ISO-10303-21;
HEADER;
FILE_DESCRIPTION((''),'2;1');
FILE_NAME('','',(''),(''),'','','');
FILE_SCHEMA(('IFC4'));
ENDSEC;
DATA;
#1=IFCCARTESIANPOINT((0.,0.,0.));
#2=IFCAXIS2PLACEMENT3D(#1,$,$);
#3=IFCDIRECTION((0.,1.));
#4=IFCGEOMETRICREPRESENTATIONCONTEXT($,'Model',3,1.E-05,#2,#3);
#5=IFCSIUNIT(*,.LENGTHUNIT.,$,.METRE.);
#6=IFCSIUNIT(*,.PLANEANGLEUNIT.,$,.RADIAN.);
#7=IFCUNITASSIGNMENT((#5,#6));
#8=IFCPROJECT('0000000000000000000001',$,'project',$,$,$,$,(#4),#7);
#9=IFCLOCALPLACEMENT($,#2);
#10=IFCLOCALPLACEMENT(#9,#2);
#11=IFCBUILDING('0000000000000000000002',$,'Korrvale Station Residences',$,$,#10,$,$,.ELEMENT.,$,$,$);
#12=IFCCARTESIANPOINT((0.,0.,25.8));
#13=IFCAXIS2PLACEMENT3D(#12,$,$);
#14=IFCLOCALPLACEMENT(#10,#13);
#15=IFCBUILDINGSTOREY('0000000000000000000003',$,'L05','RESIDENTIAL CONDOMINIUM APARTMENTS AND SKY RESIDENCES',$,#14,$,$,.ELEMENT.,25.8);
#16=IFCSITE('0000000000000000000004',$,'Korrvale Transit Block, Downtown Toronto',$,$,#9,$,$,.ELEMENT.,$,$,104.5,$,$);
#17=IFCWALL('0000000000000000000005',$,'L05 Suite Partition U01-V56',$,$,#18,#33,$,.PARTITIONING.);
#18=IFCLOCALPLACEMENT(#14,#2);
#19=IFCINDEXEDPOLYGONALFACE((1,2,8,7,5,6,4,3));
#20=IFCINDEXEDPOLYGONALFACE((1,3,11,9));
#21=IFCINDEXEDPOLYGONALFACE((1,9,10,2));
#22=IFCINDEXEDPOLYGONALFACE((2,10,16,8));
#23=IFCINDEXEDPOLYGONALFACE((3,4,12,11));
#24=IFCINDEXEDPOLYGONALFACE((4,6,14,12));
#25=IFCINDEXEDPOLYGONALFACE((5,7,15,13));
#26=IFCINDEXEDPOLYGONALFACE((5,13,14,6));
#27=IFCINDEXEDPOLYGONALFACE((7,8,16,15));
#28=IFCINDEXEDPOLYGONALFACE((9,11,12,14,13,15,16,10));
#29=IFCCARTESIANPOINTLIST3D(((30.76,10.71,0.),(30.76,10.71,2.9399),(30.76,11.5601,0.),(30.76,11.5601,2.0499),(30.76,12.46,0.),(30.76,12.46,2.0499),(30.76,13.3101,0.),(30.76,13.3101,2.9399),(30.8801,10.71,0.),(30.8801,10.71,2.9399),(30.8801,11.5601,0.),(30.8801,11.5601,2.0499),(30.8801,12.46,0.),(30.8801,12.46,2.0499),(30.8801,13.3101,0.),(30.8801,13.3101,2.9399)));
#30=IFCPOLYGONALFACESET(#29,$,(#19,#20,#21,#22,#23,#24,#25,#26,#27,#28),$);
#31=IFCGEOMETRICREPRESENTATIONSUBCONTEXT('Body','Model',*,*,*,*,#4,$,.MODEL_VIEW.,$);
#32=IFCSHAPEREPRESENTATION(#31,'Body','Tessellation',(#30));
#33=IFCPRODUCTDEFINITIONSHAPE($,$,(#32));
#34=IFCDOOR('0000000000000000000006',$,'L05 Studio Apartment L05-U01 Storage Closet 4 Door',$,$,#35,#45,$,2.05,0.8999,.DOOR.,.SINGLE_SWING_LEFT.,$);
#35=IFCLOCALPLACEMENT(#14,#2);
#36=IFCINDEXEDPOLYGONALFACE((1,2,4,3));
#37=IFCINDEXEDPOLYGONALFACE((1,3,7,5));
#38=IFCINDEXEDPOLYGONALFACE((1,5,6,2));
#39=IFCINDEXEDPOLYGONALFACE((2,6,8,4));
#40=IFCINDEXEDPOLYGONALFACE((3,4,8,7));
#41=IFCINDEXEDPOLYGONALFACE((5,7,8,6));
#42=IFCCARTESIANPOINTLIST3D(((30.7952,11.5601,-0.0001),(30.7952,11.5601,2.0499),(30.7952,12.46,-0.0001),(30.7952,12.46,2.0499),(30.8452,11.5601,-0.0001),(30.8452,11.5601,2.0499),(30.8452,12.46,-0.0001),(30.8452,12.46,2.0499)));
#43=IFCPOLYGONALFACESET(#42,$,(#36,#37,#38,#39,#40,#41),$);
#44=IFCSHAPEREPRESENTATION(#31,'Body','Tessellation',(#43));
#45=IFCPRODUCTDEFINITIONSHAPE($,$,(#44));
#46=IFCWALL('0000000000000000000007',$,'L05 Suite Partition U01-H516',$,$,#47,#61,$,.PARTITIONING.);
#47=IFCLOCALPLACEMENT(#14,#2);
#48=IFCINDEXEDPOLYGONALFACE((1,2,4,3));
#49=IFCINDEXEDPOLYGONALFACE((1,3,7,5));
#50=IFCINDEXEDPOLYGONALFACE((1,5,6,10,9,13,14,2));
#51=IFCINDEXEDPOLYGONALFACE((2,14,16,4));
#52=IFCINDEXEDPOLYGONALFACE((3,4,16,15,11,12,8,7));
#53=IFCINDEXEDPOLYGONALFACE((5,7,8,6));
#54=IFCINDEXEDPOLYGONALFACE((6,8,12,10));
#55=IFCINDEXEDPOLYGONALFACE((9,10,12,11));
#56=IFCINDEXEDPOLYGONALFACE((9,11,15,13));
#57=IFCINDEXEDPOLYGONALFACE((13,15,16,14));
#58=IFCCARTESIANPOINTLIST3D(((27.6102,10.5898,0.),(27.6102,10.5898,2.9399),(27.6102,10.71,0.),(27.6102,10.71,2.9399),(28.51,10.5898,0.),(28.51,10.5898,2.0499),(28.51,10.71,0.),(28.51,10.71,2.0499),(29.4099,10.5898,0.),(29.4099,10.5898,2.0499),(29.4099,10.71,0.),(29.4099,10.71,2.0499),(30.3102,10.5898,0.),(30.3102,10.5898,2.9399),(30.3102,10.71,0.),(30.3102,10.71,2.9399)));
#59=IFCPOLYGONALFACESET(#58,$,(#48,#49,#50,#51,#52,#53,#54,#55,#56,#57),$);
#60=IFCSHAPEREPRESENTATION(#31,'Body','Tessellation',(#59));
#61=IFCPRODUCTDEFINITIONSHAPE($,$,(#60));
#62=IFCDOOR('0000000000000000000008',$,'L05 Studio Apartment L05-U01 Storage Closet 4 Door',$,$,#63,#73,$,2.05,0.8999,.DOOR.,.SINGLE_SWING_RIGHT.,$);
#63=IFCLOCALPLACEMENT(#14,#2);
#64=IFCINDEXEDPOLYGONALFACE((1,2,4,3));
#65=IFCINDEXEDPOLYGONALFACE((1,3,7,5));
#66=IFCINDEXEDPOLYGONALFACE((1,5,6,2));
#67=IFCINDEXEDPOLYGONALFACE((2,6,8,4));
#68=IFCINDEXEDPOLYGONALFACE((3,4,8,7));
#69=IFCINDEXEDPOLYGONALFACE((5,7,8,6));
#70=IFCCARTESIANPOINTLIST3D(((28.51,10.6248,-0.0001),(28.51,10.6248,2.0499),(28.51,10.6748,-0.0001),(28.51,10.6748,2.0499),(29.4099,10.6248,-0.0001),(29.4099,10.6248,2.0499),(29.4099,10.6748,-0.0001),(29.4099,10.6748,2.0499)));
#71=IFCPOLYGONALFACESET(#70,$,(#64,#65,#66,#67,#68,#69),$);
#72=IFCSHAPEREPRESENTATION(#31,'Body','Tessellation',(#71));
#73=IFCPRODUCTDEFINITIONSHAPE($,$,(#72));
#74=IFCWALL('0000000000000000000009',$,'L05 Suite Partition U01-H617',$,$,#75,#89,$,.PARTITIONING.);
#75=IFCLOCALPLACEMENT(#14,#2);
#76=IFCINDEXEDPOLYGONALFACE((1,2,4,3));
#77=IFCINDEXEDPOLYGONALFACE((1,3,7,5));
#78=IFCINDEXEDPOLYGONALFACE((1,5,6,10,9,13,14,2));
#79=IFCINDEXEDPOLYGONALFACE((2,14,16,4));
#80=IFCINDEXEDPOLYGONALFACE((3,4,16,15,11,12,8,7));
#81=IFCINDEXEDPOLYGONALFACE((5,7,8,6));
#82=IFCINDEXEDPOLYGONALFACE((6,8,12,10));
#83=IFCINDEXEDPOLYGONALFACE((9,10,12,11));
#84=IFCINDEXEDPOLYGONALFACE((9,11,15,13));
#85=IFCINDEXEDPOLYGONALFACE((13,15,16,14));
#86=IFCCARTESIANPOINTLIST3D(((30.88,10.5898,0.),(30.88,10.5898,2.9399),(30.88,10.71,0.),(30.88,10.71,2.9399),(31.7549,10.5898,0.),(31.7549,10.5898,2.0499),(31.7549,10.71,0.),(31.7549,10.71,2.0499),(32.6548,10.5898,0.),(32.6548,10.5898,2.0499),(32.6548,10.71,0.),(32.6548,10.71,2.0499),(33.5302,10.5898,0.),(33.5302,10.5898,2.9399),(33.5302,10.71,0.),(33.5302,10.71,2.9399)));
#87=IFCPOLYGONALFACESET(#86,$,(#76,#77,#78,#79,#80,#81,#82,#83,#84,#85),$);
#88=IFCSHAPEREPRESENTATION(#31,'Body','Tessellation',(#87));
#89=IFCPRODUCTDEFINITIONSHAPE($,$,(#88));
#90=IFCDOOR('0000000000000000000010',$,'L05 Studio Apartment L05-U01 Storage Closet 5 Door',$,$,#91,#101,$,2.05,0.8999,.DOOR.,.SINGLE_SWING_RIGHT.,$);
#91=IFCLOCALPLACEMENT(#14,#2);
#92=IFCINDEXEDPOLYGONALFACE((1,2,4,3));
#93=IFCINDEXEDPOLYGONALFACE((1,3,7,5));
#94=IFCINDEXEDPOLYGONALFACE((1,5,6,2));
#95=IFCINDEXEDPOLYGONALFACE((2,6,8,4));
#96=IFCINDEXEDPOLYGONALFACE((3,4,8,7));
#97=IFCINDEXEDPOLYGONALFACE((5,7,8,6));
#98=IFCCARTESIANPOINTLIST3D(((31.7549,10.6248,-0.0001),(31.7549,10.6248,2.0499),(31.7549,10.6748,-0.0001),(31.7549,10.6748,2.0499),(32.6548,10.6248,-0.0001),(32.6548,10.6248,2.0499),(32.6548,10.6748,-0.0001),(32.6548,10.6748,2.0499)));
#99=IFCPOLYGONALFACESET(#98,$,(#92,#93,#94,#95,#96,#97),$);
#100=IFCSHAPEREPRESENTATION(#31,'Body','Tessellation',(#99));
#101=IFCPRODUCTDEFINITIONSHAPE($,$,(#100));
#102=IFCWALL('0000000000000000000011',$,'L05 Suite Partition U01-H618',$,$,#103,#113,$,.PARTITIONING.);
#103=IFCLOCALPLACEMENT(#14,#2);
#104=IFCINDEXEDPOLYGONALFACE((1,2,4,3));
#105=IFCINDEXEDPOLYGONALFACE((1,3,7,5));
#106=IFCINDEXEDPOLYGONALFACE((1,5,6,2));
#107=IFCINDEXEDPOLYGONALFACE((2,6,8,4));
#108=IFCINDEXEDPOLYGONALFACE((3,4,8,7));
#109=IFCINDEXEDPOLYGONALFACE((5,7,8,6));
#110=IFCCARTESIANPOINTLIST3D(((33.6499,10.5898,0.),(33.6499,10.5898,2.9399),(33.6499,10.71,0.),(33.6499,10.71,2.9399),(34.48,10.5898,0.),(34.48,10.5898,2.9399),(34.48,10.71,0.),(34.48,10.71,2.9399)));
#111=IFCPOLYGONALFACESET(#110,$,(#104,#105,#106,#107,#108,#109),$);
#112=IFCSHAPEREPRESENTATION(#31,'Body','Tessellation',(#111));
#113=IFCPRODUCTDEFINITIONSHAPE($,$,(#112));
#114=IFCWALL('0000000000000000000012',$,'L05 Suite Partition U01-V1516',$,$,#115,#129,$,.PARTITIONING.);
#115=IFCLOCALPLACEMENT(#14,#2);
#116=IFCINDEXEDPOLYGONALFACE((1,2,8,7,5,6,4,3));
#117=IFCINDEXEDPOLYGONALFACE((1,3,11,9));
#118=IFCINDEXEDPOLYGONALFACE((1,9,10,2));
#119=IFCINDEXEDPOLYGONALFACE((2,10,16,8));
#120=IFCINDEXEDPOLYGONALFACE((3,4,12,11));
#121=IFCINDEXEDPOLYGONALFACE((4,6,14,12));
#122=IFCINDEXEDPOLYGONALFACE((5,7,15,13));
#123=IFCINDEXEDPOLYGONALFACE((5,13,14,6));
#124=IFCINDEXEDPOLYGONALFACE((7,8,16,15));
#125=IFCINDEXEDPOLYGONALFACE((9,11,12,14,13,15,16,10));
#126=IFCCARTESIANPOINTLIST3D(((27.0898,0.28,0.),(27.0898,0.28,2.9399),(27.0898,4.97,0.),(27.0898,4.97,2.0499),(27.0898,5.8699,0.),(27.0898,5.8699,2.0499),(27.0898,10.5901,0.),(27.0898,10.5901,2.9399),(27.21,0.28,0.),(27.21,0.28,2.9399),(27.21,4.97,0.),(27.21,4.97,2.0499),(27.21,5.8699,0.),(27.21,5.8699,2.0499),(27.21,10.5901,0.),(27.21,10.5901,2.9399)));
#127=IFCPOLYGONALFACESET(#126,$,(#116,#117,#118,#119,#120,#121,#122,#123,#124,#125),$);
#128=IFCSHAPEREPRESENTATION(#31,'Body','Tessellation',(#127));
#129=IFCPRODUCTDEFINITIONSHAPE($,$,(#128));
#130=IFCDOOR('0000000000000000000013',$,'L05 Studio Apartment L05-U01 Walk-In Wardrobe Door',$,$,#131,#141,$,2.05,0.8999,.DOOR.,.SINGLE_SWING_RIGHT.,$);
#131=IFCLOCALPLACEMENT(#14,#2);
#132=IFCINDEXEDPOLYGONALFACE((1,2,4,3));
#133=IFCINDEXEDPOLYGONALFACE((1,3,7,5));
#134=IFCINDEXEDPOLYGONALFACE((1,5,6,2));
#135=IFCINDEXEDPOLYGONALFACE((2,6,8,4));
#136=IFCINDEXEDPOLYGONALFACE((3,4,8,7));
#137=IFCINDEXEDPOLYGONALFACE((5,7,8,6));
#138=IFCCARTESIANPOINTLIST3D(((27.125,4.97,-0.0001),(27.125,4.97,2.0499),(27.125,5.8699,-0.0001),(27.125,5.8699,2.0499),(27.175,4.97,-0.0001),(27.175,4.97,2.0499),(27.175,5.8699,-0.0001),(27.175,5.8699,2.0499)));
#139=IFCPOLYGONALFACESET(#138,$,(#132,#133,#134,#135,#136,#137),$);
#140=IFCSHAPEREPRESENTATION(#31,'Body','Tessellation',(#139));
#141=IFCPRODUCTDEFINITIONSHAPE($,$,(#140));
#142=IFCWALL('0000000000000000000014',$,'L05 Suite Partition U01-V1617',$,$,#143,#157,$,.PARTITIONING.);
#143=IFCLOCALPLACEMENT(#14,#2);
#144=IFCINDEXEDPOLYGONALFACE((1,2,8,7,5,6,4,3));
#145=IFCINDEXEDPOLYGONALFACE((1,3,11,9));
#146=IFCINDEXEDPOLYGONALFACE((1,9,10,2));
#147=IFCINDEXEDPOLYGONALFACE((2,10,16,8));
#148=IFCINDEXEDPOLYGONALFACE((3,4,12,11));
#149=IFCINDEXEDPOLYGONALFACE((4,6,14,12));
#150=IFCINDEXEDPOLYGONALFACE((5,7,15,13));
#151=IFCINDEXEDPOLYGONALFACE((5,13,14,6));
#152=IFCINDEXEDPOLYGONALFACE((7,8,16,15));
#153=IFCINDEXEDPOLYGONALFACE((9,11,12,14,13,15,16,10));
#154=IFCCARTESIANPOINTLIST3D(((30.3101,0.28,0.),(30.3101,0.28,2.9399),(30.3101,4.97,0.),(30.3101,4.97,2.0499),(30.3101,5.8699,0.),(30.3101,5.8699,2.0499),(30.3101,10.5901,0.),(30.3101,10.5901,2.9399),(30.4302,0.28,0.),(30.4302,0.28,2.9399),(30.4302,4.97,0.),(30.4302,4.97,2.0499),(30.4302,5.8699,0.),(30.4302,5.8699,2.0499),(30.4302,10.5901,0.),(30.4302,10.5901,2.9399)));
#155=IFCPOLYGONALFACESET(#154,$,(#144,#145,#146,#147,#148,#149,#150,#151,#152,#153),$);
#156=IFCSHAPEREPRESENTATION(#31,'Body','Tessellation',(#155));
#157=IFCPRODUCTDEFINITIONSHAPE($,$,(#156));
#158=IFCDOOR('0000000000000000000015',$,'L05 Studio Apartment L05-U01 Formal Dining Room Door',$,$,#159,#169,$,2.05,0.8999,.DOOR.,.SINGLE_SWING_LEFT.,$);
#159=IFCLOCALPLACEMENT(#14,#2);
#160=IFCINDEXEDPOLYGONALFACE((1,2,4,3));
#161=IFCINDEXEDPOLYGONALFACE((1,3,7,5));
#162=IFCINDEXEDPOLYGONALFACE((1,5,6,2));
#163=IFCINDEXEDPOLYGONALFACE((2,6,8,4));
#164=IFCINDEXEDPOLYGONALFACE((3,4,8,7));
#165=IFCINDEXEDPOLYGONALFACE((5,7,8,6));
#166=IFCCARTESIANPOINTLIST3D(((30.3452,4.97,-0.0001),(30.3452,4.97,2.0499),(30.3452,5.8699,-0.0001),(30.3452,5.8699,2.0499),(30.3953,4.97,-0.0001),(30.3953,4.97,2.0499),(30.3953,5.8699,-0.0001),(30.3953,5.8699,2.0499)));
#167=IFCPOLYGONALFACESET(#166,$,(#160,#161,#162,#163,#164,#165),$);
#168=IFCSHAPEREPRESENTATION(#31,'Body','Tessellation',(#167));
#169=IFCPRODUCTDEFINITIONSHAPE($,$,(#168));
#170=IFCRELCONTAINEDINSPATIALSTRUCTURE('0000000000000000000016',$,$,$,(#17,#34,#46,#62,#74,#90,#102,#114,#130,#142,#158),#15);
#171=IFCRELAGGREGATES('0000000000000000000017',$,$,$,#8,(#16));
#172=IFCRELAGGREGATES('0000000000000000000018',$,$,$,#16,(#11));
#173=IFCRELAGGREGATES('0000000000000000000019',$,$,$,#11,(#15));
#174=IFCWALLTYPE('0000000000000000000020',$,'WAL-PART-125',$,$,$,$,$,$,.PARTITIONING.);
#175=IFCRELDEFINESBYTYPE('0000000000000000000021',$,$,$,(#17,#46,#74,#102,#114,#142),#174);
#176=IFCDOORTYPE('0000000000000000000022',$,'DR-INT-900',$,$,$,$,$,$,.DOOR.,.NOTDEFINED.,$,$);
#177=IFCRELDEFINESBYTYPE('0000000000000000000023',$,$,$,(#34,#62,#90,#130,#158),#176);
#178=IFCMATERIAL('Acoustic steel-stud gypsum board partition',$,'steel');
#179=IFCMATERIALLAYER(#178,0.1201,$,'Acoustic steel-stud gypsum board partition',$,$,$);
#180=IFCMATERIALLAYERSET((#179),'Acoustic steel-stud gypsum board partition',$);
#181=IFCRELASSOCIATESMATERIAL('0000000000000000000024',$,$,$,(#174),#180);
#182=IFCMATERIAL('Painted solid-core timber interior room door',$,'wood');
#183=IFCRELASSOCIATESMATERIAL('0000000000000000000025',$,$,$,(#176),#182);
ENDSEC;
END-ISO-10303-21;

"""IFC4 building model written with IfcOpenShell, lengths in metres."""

from ifc_helpers import new_model, si_unit, direction, frame, frame_2d, origin, place, context, subcontext, project, spatial, rectangle, extrude, material, layer, layer_set, type_object, element, fill, save


model = new_model("IFC4")

# Units and contexts
model_context = context("Model", 3, precision=1e-05, world=origin(), true_north=direction((0.0, 1.0)))
body_context = subcontext(model_context, "Body", "Model", "MODEL_VIEW")
ifc_project = project(units=[si_unit("LENGTHUNIT", "METRE"), si_unit("PLANEANGLEUNIT", "RADIAN")], contexts=[model_context])

# Site, building, storey
site_placement = place(None, origin())
site = spatial("IfcSite", under=ifc_project, at=site_placement, Name="Korrvale Transit Block, Downtown Toronto", CompositionType="ELEMENT", RefElevation=104.5)
building_placement = place(site_placement, origin())
building = spatial("IfcBuilding", under=site, at=building_placement, Name="Korrvale Station Residences", CompositionType="ELEMENT")
storey_placement = place(building_placement, frame((0.0, 0.0, 25.8)))
storey = spatial("IfcBuildingStorey", under=building, at=storey_placement, Name="L05", Description="RESIDENTIAL CONDOMINIUM APARTMENTS AND SKY RESIDENCES", CompositionType="ELEMENT", Elevation=25.8)

# Walls, openings, doors
ifc_material_1 = material(Name="Acoustic steel-stud gypsum board partition", Category="steel")
ifc_layer_1 = layer(ifc_material_1, 0.1201, Name="Acoustic steel-stud gypsum board partition")
ifc_layer_set_1 = layer_set([ifc_layer_1], Name="Acoustic steel-stud gypsum board partition")
wall_type = type_object("IfcWallType", Name="WAL-PART-125", PredefinedType="PARTITIONING", material=ifc_layer_set_1)
ifc_material_2 = material(Name="Painted solid-core timber interior room door", Category="wood")
door_type = type_object("IfcDoorType", Name="DR-INT-900", OperationType="NOTDEFINED", PredefinedType="DOOR", material=ifc_material_2)
wall_1_placement = place(storey_placement, frame((30.8201, 10.71, 0.0), z_axis=(0.0, 0.0, 1.0), x_axis=(0.0, 1.0, 0.0)))
wall_1 = element("IfcWall", 1, at=wall_1_placement, inside=storey, type_object=wall_type, Name="L05 Suite Partition U01-V56", PredefinedType="PARTITIONING", context=body_context, shape_type="SweptSolid", body=[
    extrude(rectangle(XDim=2.6001, YDim=0.1201, at=frame_2d((1.3, 0.0))), origin(), (0.0, 0.0, 1.0), 2.9399),
])
opening_1_placement = place(wall_1_placement, frame((0.8501, 0.0, 0.0)))
opening_1 = element("IfcOpeningElement", 2, at=opening_1_placement, cuts=wall_1, PredefinedType="OPENING", context=body_context, shape_type="SweptSolid", body=[
    extrude(rectangle(XDim=0.8999, YDim=2.05, at=frame_2d((0.45, 1.0249))), frame((0.0, 0.0701, 0.0), z_axis=(0.0, -1.0, 0.0), x_axis=(1.0, 0.0, 0.0)), (0.0, 0.0, 1.0), 0.1401),
])
door_1_placement = place(opening_1_placement, origin())
door_1 = element("IfcDoor", 3, at=door_1_placement, inside=storey, type_object=door_type, Name="L05 Studio Apartment L05-U01 Storage Closet 4 Door", OperationType="SINGLE_SWING_LEFT", OverallHeight=2.05, OverallWidth=0.8999, PredefinedType="DOOR", context=body_context, shape_type="SweptSolid", body=[
    extrude(rectangle(XDim=0.8999, YDim=2.05, at=frame_2d((0.45, 1.0249))), frame((0.0, 0.0249, 0.0), z_axis=(0.0, -1.0, 0.0), x_axis=(1.0, 0.0, 0.0)), (0.0, 0.0, 1.0), 0.05),
])
fill(opening_1, door_1)
wall_2_placement = place(storey_placement, frame((27.6101, 10.6499, 0.0), z_axis=(0.0, 0.0, 1.0), x_axis=(1.0, 0.0, 0.0)))
wall_2 = element("IfcWall", 4, at=wall_2_placement, inside=storey, type_object=wall_type, Name="L05 Suite Partition U01-H516", PredefinedType="PARTITIONING", context=body_context, shape_type="SweptSolid", body=[
    extrude(rectangle(XDim=2.7, YDim=0.1201, at=frame_2d((1.3501, 0.0))), origin(), (0.0, 0.0, 1.0), 2.9399),
])
opening_2_placement = place(wall_2_placement, frame((0.8999, 0.0, 0.0)))
opening_2 = element("IfcOpeningElement", 5, at=opening_2_placement, cuts=wall_2, PredefinedType="OPENING", context=body_context, shape_type="SweptSolid", body=[
    extrude(rectangle(XDim=0.8999, YDim=2.05, at=frame_2d((0.45, 1.0249))), frame((0.0, 0.0701, 0.0), z_axis=(0.0, -1.0, 0.0), x_axis=(1.0, 0.0, 0.0)), (0.0, 0.0, 1.0), 0.1401),
])
door_2_placement = place(opening_2_placement, origin())
door_2 = element("IfcDoor", 6, at=door_2_placement, inside=storey, type_object=door_type, Name="L05 Studio Apartment L05-U01 Storage Closet 4 Door", OperationType="SINGLE_SWING_RIGHT", OverallHeight=2.05, OverallWidth=0.8999, PredefinedType="DOOR", context=body_context, shape_type="SweptSolid", body=[
    extrude(rectangle(XDim=0.8999, YDim=2.05, at=frame_2d((0.45, 1.0249))), frame((0.0, 0.0249, 0.0), z_axis=(0.0, -1.0, 0.0), x_axis=(1.0, 0.0, 0.0)), (0.0, 0.0, 1.0), 0.05),
])
fill(opening_2, door_2)
wall_3_placement = place(storey_placement, frame((30.8799, 10.6499, 0.0), z_axis=(0.0, 0.0, 1.0), x_axis=(1.0, 0.0, 0.0)))
wall_3 = element("IfcWall", 7, at=wall_3_placement, inside=storey, type_object=wall_type, Name="L05 Suite Partition U01-H617", PredefinedType="PARTITIONING", context=body_context, shape_type="SweptSolid", body=[
    extrude(rectangle(XDim=2.6501, YDim=0.1201, at=frame_2d((1.3252, 0.0))), origin(), (0.0, 0.0, 1.0), 2.9399),
])
opening_3_placement = place(wall_3_placement, frame((0.875, 0.0, 0.0)))
opening_3 = element("IfcOpeningElement", 8, at=opening_3_placement, cuts=wall_3, PredefinedType="OPENING", context=body_context, shape_type="SweptSolid", body=[
    extrude(rectangle(XDim=0.8999, YDim=2.05, at=frame_2d((0.45, 1.0249))), frame((0.0, 0.0701, 0.0), z_axis=(0.0, -1.0, 0.0), x_axis=(1.0, 0.0, 0.0)), (0.0, 0.0, 1.0), 0.1401),
])
door_3_placement = place(opening_3_placement, origin())
door_3 = element("IfcDoor", 9, at=door_3_placement, inside=storey, type_object=door_type, Name="L05 Studio Apartment L05-U01 Storage Closet 5 Door", OperationType="SINGLE_SWING_RIGHT", OverallHeight=2.05, OverallWidth=0.8999, PredefinedType="DOOR", context=body_context, shape_type="SweptSolid", body=[
    extrude(rectangle(XDim=0.8999, YDim=2.05, at=frame_2d((0.45, 1.0249))), frame((0.0, 0.0249, 0.0), z_axis=(0.0, -1.0, 0.0), x_axis=(1.0, 0.0, 0.0)), (0.0, 0.0, 1.0), 0.05),
])
fill(opening_3, door_3)

# Wall
wall_4_placement = place(storey_placement, frame((33.6499, 10.6499, 0.0), z_axis=(0.0, 0.0, 1.0), x_axis=(1.0, 0.0, 0.0)))
element("IfcWall", 10, at=wall_4_placement, inside=storey, type_object=wall_type, Name="L05 Suite Partition U01-H618", PredefinedType="PARTITIONING", context=body_context, shape_type="SweptSolid", body=[
    extrude(rectangle(XDim=0.8301, YDim=0.1201, at=frame_2d((0.415, 0.0))), origin(), (0.0, 0.0, 1.0), 2.9399),
])

# Walls, openings, doors
wall_5_placement = place(storey_placement, frame((27.1499, 0.28, 0.0), z_axis=(0.0, 0.0, 1.0), x_axis=(0.0, 1.0, 0.0)))
wall_5 = element("IfcWall", 11, at=wall_5_placement, inside=storey, type_object=wall_type, Name="L05 Suite Partition U01-V1516", PredefinedType="PARTITIONING", context=body_context, shape_type="SweptSolid", body=[
    extrude(rectangle(XDim=10.3101, YDim=0.1201, at=frame_2d((5.155, 0.0))), origin(), (0.0, 0.0, 1.0), 2.9399),
])
opening_4_placement = place(wall_5_placement, frame((4.6899, 0.0, 0.0)))
opening_4 = element("IfcOpeningElement", 12, at=opening_4_placement, cuts=wall_5, PredefinedType="OPENING", context=body_context, shape_type="SweptSolid", body=[
    extrude(rectangle(XDim=0.8999, YDim=2.05, at=frame_2d((0.45, 1.0249))), frame((0.0, 0.0701, 0.0), z_axis=(0.0, -1.0, 0.0), x_axis=(1.0, 0.0, 0.0)), (0.0, 0.0, 1.0), 0.1401),
])
door_4_placement = place(opening_4_placement, origin())
door_4 = element("IfcDoor", 13, at=door_4_placement, inside=storey, type_object=door_type, Name="L05 Studio Apartment L05-U01 Walk-In Wardrobe Door", OperationType="SINGLE_SWING_RIGHT", OverallHeight=2.05, OverallWidth=0.8999, PredefinedType="DOOR", context=body_context, shape_type="SweptSolid", body=[
    extrude(rectangle(XDim=0.8999, YDim=2.05, at=frame_2d((0.45, 1.0249))), frame((0.0, 0.0249, 0.0), z_axis=(0.0, -1.0, 0.0), x_axis=(1.0, 0.0, 0.0)), (0.0, 0.0, 1.0), 0.05),
])
fill(opening_4, door_4)
wall_6_placement = place(storey_placement, frame((30.3701, 0.28, 0.0), z_axis=(0.0, 0.0, 1.0), x_axis=(0.0, 1.0, 0.0)))
wall_6 = element("IfcWall", 14, at=wall_6_placement, inside=storey, type_object=wall_type, Name="L05 Suite Partition U01-V1617", PredefinedType="PARTITIONING", context=body_context, shape_type="SweptSolid", body=[
    extrude(rectangle(XDim=10.3101, YDim=0.1201, at=frame_2d((5.155, 0.0))), origin(), (0.0, 0.0, 1.0), 2.9399),
])
opening_5_placement = place(wall_6_placement, frame((4.6899, 0.0, 0.0)))
opening_5 = element("IfcOpeningElement", 15, at=opening_5_placement, cuts=wall_6, PredefinedType="OPENING", context=body_context, shape_type="SweptSolid", body=[
    extrude(rectangle(XDim=0.8999, YDim=2.05, at=frame_2d((0.45, 1.0249))), frame((0.0, 0.0701, 0.0), z_axis=(0.0, -1.0, 0.0), x_axis=(1.0, 0.0, 0.0)), (0.0, 0.0, 1.0), 0.1401),
])
door_5_placement = place(opening_5_placement, origin())
door_5 = element("IfcDoor", 16, at=door_5_placement, inside=storey, type_object=door_type, Name="L05 Studio Apartment L05-U01 Formal Dining Room Door", OperationType="SINGLE_SWING_LEFT", OverallHeight=2.05, OverallWidth=0.8999, PredefinedType="DOOR", context=body_context, shape_type="SweptSolid", body=[
    extrude(rectangle(XDim=0.8999, YDim=2.05, at=frame_2d((0.45, 1.0249))), frame((0.0, 0.0249, 0.0), z_axis=(0.0, -1.0, 0.0), x_axis=(1.0, 0.0, 0.0)), (0.0, 0.0, 1.0), 0.05),
])
fill(opening_5, door_5)

save(model, "model.ifc")
